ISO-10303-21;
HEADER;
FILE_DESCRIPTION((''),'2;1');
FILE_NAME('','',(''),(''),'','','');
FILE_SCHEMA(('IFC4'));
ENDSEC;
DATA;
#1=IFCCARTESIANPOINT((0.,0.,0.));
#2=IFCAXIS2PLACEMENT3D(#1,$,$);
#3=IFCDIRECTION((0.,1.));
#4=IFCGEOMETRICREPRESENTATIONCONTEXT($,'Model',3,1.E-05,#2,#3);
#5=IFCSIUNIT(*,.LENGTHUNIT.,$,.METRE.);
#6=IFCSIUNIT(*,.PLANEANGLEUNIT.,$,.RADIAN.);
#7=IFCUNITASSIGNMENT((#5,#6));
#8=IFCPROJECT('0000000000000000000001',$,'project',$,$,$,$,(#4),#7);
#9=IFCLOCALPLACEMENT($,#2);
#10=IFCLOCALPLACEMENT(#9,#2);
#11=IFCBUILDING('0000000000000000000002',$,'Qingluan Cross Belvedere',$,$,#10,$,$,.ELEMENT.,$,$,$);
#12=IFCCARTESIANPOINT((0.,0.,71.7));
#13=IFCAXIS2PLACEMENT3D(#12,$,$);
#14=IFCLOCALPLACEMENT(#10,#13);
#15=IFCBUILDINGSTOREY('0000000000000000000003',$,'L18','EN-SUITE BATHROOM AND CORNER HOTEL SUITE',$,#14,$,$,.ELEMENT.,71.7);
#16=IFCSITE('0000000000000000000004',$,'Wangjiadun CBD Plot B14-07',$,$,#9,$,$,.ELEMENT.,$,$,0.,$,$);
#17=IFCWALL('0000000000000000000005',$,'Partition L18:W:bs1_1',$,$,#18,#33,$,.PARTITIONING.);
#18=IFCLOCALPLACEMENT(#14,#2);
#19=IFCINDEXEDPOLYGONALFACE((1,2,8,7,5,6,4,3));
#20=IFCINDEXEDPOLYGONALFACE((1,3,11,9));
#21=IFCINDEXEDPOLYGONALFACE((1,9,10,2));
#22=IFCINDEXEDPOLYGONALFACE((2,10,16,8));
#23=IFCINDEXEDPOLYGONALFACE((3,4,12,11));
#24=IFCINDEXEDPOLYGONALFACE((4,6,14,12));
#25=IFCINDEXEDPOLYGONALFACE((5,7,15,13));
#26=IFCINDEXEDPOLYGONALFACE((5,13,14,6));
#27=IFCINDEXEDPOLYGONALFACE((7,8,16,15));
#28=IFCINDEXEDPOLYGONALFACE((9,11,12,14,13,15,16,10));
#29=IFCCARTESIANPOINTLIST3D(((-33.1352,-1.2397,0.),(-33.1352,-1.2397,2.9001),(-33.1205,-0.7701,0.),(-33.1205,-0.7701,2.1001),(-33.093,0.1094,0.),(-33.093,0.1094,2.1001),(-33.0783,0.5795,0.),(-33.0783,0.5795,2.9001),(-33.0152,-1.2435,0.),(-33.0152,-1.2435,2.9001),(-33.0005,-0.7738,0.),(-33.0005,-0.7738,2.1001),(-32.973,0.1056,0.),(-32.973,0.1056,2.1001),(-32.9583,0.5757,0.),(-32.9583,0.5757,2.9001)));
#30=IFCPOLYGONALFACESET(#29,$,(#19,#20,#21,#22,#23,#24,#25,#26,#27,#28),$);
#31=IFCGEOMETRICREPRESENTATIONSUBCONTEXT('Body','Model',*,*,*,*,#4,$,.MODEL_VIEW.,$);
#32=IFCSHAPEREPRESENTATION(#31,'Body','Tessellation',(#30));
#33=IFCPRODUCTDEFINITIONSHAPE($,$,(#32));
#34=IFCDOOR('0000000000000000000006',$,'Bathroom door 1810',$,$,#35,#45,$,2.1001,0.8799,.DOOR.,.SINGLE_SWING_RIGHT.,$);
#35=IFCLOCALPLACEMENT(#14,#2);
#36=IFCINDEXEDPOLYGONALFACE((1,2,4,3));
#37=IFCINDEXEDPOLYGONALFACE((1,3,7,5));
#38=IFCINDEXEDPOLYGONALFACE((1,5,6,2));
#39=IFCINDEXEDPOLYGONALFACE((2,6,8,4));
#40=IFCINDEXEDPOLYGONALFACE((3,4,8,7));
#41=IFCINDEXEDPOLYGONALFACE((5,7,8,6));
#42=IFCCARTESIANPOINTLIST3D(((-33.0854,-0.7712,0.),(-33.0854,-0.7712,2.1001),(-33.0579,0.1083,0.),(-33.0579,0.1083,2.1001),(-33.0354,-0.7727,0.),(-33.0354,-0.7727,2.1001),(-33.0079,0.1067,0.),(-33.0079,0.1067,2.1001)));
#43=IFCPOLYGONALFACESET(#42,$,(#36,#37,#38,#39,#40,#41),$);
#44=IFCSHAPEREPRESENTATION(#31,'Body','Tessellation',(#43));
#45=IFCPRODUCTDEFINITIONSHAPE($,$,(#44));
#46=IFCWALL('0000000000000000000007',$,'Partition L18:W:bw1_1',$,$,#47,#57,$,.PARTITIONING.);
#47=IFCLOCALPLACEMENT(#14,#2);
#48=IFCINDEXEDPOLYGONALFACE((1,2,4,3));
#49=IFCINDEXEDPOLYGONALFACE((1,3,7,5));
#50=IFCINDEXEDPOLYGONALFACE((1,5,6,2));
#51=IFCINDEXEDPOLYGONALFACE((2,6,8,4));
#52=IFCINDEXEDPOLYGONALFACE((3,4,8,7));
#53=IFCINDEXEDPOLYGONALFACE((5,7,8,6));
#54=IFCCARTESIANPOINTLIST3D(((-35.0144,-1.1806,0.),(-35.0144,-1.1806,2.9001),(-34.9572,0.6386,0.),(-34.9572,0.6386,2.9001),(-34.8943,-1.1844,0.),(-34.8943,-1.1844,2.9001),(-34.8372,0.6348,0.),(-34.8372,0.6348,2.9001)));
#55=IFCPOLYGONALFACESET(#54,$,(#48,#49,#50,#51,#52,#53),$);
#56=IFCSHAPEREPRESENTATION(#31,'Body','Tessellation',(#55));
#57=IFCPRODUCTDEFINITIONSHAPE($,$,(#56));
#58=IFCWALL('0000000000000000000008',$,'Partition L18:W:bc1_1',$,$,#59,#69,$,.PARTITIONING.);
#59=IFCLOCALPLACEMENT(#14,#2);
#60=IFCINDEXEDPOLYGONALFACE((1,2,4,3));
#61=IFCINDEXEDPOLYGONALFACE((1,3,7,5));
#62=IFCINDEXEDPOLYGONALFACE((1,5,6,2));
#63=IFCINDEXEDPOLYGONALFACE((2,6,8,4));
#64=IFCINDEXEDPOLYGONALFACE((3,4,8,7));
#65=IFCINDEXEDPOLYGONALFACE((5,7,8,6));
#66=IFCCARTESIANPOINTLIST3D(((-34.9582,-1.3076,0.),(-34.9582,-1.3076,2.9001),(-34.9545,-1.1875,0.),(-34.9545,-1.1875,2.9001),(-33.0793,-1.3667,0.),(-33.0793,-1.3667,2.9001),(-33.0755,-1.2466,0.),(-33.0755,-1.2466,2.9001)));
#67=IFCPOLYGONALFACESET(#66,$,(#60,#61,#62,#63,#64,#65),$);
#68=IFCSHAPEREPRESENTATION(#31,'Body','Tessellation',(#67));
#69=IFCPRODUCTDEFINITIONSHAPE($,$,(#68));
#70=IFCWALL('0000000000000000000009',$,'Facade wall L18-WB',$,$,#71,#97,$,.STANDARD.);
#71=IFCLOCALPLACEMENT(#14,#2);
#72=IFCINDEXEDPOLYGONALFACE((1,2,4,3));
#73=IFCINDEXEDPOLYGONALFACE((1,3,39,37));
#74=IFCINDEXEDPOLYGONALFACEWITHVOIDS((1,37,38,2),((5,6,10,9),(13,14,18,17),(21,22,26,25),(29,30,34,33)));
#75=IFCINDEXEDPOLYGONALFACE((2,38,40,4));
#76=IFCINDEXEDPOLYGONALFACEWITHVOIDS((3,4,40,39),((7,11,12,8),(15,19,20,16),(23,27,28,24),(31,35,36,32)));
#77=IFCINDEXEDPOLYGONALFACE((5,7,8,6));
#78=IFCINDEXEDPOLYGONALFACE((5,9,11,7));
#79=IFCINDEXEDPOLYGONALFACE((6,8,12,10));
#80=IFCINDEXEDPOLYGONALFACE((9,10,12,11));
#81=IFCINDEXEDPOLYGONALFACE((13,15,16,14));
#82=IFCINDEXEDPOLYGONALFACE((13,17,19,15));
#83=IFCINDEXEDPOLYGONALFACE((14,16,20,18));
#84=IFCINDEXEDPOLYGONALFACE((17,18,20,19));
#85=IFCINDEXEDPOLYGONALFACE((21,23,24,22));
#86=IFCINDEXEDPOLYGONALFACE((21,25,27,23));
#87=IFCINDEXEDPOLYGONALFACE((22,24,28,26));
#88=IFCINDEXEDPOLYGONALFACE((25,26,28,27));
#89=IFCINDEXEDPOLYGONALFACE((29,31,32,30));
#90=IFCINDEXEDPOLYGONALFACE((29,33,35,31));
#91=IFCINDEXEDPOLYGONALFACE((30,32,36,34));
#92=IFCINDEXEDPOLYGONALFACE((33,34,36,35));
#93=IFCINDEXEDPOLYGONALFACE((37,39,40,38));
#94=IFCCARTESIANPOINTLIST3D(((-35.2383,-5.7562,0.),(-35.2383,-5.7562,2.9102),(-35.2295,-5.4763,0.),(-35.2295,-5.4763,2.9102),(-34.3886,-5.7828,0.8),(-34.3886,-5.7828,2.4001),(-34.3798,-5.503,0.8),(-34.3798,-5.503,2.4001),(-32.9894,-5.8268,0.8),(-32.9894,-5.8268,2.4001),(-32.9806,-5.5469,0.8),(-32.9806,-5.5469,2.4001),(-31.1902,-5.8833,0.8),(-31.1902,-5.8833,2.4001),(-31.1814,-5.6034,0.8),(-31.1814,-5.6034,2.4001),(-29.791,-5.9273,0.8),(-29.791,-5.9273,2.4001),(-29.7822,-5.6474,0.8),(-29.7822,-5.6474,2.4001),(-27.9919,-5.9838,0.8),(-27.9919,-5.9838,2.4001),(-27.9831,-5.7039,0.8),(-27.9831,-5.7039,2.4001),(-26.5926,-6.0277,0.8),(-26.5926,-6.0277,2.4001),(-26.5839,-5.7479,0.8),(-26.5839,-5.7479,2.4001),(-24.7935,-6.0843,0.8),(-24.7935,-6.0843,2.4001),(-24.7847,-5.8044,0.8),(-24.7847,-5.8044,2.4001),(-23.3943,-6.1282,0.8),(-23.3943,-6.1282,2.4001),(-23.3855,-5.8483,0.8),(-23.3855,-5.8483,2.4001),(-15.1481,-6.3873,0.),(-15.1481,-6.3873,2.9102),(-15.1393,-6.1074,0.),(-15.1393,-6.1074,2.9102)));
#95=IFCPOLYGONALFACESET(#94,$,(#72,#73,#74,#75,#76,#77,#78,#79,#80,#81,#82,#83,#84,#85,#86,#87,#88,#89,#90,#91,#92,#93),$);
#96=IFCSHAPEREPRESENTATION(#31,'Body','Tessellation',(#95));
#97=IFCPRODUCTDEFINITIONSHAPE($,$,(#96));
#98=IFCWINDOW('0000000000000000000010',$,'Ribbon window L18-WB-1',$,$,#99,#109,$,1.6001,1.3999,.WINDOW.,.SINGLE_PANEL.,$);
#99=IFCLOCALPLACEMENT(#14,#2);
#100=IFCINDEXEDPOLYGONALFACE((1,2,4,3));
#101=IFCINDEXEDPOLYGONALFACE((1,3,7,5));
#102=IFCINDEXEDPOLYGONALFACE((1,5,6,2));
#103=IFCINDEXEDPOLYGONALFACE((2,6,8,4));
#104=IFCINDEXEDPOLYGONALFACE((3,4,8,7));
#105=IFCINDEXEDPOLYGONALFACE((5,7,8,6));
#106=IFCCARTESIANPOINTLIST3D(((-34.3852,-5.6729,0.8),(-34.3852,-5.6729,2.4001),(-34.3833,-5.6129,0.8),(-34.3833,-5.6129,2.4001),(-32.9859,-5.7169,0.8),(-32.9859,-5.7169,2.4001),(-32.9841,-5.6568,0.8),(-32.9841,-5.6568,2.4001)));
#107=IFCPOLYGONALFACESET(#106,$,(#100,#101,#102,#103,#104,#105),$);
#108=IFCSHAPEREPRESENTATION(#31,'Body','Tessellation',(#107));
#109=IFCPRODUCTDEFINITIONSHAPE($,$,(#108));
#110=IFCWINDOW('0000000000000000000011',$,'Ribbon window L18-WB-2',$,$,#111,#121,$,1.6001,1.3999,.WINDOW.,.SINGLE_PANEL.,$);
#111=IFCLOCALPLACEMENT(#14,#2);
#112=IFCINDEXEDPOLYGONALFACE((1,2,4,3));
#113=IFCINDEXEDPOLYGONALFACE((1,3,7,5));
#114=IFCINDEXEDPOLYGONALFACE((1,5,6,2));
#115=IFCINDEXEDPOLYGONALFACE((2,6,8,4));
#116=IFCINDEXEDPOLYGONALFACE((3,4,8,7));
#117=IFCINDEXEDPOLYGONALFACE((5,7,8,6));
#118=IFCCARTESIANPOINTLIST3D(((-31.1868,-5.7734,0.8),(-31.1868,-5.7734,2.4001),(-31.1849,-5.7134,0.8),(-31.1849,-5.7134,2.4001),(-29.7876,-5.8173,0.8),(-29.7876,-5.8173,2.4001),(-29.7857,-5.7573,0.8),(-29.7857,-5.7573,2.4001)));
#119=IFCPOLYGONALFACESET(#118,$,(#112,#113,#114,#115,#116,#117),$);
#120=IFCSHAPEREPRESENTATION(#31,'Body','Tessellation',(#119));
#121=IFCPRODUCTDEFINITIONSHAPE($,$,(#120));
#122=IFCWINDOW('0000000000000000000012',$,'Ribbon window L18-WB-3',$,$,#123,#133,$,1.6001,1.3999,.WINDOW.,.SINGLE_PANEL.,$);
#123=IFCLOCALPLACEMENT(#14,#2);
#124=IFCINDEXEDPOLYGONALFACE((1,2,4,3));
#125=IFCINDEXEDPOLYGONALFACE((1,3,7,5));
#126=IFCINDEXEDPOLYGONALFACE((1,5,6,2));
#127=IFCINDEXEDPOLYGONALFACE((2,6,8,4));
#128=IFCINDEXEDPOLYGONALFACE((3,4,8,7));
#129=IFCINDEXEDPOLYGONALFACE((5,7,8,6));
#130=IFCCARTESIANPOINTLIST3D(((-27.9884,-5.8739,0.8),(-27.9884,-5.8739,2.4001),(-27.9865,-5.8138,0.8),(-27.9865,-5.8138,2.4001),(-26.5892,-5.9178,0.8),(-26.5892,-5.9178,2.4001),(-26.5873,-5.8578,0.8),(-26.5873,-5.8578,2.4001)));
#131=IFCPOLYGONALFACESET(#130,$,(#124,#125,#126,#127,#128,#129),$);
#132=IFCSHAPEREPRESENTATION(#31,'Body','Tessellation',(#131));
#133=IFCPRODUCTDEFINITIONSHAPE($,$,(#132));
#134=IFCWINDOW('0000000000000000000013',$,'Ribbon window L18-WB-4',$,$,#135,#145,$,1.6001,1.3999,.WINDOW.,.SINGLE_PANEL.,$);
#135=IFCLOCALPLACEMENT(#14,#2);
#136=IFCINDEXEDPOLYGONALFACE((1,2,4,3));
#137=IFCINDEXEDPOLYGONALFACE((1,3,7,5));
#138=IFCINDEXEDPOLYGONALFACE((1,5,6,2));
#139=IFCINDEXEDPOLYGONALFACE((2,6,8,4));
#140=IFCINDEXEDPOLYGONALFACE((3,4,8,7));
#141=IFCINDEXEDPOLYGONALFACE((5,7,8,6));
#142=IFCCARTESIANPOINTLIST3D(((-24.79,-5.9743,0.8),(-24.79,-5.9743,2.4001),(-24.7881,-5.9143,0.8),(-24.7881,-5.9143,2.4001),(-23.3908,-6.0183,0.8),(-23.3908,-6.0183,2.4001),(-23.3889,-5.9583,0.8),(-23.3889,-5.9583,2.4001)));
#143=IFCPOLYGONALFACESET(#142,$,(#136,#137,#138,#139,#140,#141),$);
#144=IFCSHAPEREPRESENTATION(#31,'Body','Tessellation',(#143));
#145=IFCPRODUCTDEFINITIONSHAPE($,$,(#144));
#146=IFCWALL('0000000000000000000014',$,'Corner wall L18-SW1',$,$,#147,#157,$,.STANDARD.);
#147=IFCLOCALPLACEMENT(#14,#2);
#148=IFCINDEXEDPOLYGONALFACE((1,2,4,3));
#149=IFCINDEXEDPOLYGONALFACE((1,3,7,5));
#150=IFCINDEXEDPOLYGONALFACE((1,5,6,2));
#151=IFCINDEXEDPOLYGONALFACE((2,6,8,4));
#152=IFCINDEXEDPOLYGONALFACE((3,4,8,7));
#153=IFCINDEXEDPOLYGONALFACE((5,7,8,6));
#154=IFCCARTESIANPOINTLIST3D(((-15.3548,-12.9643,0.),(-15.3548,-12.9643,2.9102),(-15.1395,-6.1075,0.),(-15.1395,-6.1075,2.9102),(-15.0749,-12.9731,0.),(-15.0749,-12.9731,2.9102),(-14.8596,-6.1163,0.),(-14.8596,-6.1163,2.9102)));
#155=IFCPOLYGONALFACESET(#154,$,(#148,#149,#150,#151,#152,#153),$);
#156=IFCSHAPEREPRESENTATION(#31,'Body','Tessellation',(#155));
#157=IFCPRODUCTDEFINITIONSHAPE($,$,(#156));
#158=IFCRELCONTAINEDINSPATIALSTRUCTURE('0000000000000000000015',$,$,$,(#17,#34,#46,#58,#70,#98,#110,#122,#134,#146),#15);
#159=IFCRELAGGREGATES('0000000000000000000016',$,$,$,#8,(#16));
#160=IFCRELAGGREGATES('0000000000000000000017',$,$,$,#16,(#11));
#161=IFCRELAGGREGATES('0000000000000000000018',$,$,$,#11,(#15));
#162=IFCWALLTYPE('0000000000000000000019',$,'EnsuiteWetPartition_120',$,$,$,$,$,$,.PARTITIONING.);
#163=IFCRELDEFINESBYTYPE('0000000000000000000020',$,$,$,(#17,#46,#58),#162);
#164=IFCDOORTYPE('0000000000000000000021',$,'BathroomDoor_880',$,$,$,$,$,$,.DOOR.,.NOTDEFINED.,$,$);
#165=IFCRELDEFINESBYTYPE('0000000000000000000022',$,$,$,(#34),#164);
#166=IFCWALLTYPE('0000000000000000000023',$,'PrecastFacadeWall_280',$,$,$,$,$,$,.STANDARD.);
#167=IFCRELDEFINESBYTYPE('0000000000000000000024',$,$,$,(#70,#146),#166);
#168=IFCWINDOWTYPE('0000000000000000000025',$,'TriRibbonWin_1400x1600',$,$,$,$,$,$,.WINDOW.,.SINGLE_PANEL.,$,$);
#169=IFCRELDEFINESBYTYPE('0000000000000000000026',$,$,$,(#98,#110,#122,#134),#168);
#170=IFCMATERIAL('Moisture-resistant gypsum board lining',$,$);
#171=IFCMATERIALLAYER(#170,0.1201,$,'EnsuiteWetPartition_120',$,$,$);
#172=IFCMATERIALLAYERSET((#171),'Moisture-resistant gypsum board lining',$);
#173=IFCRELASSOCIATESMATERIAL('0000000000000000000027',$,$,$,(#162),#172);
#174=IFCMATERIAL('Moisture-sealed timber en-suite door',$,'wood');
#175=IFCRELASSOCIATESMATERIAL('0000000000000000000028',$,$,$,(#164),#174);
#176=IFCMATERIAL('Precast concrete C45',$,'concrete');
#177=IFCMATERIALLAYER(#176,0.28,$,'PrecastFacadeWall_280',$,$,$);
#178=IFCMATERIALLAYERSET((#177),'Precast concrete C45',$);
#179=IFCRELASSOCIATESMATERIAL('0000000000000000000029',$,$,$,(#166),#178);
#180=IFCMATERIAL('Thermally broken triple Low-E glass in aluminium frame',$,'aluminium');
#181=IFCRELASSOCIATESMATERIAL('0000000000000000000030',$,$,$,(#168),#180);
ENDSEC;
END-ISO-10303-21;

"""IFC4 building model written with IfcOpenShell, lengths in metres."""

from ifc_helpers import new_model, si_unit, direction, frame, frame_2d, origin, place, context, subcontext, project, spatial, rectangle, extrude, material, layer, layer_set, type_object, element, fill, save


model = new_model("IFC4")

# Units and contexts
model_context = context("Model", 3, precision=1e-05, world=origin(), true_north=direction((0.0, 1.0)))
body_context = subcontext(model_context, "Body", "Model", "MODEL_VIEW")
ifc_project = project(units=[si_unit("LENGTHUNIT", "METRE"), si_unit("PLANEANGLEUNIT", "RADIAN")], contexts=[model_context])

# Site, building, storey
site_placement = place(None, origin())
site = spatial("IfcSite", under=ifc_project, at=site_placement, Name="Wangjiadun CBD Plot B14-07", CompositionType="ELEMENT", RefElevation=0.0)
building_placement = place(site_placement, origin())
building = spatial("IfcBuilding", under=site, at=building_placement, Name="Qingluan Cross Belvedere", CompositionType="ELEMENT")
storey_placement = place(building_placement, frame((0.0, 0.0, 71.7)))
storey = spatial("IfcBuildingStorey", under=building, at=storey_placement, Name="L18", Description="EN-SUITE BATHROOM AND CORNER HOTEL SUITE", CompositionType="ELEMENT", Elevation=71.7)

# Shared definitions
ifc_material_1 = material(Name="Moisture-resistant gypsum board lining")
ifc_layer_1 = layer(ifc_material_1, 0.1201, Name="EnsuiteWetPartition_120")
ifc_layer_set_1 = layer_set([ifc_layer_1], Name="Moisture-resistant gypsum board lining")
wall_type_1 = type_object("IfcWallType", Name="EnsuiteWetPartition_120", PredefinedType="PARTITIONING", material=ifc_layer_set_1)
ifc_material_2 = material(Name="Moisture-sealed timber en-suite door", Category="wood")
door_type = type_object("IfcDoorType", Name="BathroomDoor_880", OperationType="NOTDEFINED", PredefinedType="DOOR", material=ifc_material_2)

# Wall, opening, door
wall_1_placement = place(storey_placement, frame((-33.0752, -1.2417, 0.0), z_axis=(0.0, 0.0, 1.0), x_axis=(0.031256, 0.999511, 0.0)))
wall_1 = element("IfcWall", 1, at=wall_1_placement, inside=storey, type_object=wall_type_1, Name="Partition L18:W:bs1_1", PredefinedType="PARTITIONING", context=body_context, shape_type="SweptSolid", body=[
    extrude(rectangle(XDim=1.8201, YDim=0.1201, at=frame_2d((0.9102, 0.0))), origin(), (0.0, 0.0, 1.0), 2.9001),
])
opening_1_placement = place(wall_1_placement, frame((0.47, 0.0, 0.0)))
opening_1 = element("IfcOpeningElement", 2, at=opening_1_placement, cuts=wall_1, PredefinedType="OPENING", context=body_context, shape_type="SweptSolid", body=[
    extrude(rectangle(XDim=0.8799, YDim=2.1001, at=frame_2d((0.4399, 1.05))), frame((0.0, 0.0701, 0.0), z_axis=(0.0, -1.0, 0.0), x_axis=(1.0, 0.0, 0.0)), (0.0, 0.0, 1.0), 0.1401),
])
door_1_placement = place(opening_1_placement, origin())
door_1 = element("IfcDoor", 3, at=door_1_placement, inside=storey, type_object=door_type, Name="Bathroom door 1810", OperationType="SINGLE_SWING_RIGHT", OverallHeight=2.1001, OverallWidth=0.8799, PredefinedType="DOOR", context=body_context, shape_type="SweptSolid", body=[
    extrude(rectangle(XDim=0.8799, YDim=2.1001, at=frame_2d((0.4399, 1.05))), frame((0.0, 0.0249, 0.0), z_axis=(0.0, -1.0, 0.0), x_axis=(1.0, 0.0, 0.0)), (0.0, 0.0, 1.0), 0.05),
])
fill(opening_1, door_1)

# Walls
wall_2_placement = place(storey_placement, frame((-34.9543, -1.1826, 0.0), z_axis=(0.0, 0.0, 1.0), x_axis=(0.03139, 0.999507, 0.0)))
element("IfcWall", 4, at=wall_2_placement, inside=storey, type_object=wall_type_1, Name="Partition L18:W:bw1_1", PredefinedType="PARTITIONING", context=body_context, shape_type="SweptSolid", body=[
    extrude(rectangle(XDim=1.8201, YDim=0.1201, at=frame_2d((0.9102, 0.0))), origin(), (0.0, 0.0, 1.0), 2.9001),
])
wall_3_placement = place(storey_placement, frame((-33.0774, -1.3066, 0.0), z_axis=(0.0, 0.0, 1.0), x_axis=(-0.999506, 0.031429, 0.0)))
element("IfcWall", 5, at=wall_3_placement, inside=storey, type_object=wall_type_1, Name="Partition L18:W:bc1_1", PredefinedType="PARTITIONING", context=body_context, shape_type="SweptSolid", body=[
    extrude(rectangle(XDim=1.8799, YDim=0.1201, at=frame_2d((0.9399, 0.0))), origin(), (0.0, 0.0, 1.0), 2.9001),
])

# Wall, openings, windows
ifc_material_3 = material(Name="Precast concrete C45", Category="concrete")
ifc_layer_2 = layer(ifc_material_3, 0.28, Name="PrecastFacadeWall_280")
ifc_layer_set_2 = layer_set([ifc_layer_2], Name="Precast concrete C45")
wall_type_2 = type_object("IfcWallType", Name="PrecastFacadeWall_280", PredefinedType="STANDARD", material=ifc_layer_set_2)
wall_4_placement = place(storey_placement, frame((-35.2339, -5.6162, 0.0), z_axis=(0.0, 0.0, 1.0), x_axis=(0.999507, -0.031398, 0.0)))
wall_4 = element("IfcWall", 6, at=wall_4_placement, inside=storey, type_object=wall_type_2, Name="Facade wall L18-WB", PredefinedType="STANDARD", context=body_context, shape_type="SweptSolid", body=[
    extrude(rectangle(XDim=20.1001, YDim=0.28, at=frame_2d((10.05, 0.0))), origin(), (0.0, 0.0, 1.0), 2.9102),
])
opening_2_placement = place(wall_4_placement, frame((0.8501, 0.0, 0.8)))
opening_2 = element("IfcOpeningElement", 7, at=opening_2_placement, cuts=wall_4, PredefinedType="OPENING", context=body_context, shape_type="SweptSolid", body=[
    extrude(rectangle(XDim=1.3999, YDim=1.6001, at=frame_2d((0.7, 0.8))), frame((0.0, 0.1499, 0.0), z_axis=(0.0, -1.0, 0.0), x_axis=(1.0, 0.0, 0.0)), (0.0, 0.0, 1.0), 0.3),
])
opening_3_placement = place(wall_4_placement, frame((4.05, 0.0, 0.8)))
opening_3 = element("IfcOpeningElement", 8, at=opening_3_placement, cuts=wall_4, PredefinedType="OPENING", context=body_context, shape_type="SweptSolid", body=[
    extrude(rectangle(XDim=1.3999, YDim=1.6001, at=frame_2d((0.7, 0.8))), frame((0.0, 0.1499, 0.0), z_axis=(0.0, -1.0, 0.0), x_axis=(1.0, 0.0, 0.0)), (0.0, 0.0, 1.0), 0.3),
])
opening_4_placement = place(wall_4_placement, frame((7.25, 0.0, 0.8)))
opening_4 = element("IfcOpeningElement", 9, at=opening_4_placement, cuts=wall_4, PredefinedType="OPENING", context=body_context, shape_type="SweptSolid", body=[
    extrude(rectangle(XDim=1.3999, YDim=1.6001, at=frame_2d((0.7, 0.8))), frame((0.0, 0.1499, 0.0), z_axis=(0.0, -1.0, 0.0), x_axis=(1.0, 0.0, 0.0)), (0.0, 0.0, 1.0), 0.3),
])
opening_5_placement = place(wall_4_placement, frame((10.45, 0.0, 0.8)))
opening_5 = element("IfcOpeningElement", 10, at=opening_5_placement, cuts=wall_4, PredefinedType="OPENING", context=body_context, shape_type="SweptSolid", body=[
    extrude(rectangle(XDim=1.3999, YDim=1.6001, at=frame_2d((0.7, 0.8))), frame((0.0, 0.1499, 0.0), z_axis=(0.0, -1.0, 0.0), x_axis=(1.0, 0.0, 0.0)), (0.0, 0.0, 1.0), 0.3),
])
ifc_material_4 = material(Name="Thermally broken triple Low-E glass in aluminium frame", Category="aluminium")
window_type = type_object("IfcWindowType", Name="TriRibbonWin_1400x1600", PartitioningType="SINGLE_PANEL", PredefinedType="WINDOW", material=ifc_material_4)
window_1_placement = place(opening_2_placement, origin())
window_1 = element("IfcWindow", 11, at=window_1_placement, inside=storey, type_object=window_type, Name="Ribbon window L18-WB-1", OverallHeight=1.6001, OverallWidth=1.3999, PartitioningType="SINGLE_PANEL", PredefinedType="WINDOW", context=body_context, shape_type="SweptSolid", body=[
    extrude(rectangle(XDim=1.3999, YDim=1.6001, at=frame_2d((0.7, 0.8))), frame((0.0, 0.03, 0.0), z_axis=(0.0, -1.0, 0.0), x_axis=(1.0, 0.0, 0.0)), (0.0, 0.0, 1.0), 0.0601),
])
fill(opening_2, window_1)
window_2_placement = place(opening_3_placement, origin())
window_2 = element("IfcWindow", 12, at=window_2_placement, inside=storey, type_object=window_type, Name="Ribbon window L18-WB-2", OverallHeight=1.6001, OverallWidth=1.3999, PartitioningType="SINGLE_PANEL", PredefinedType="WINDOW", context=body_context, shape_type="SweptSolid", body=[
    extrude(rectangle(XDim=1.3999, YDim=1.6001, at=frame_2d((0.7, 0.8))), frame((0.0, 0.03, 0.0), z_axis=(0.0, -1.0, 0.0), x_axis=(1.0, 0.0, 0.0)), (0.0, 0.0, 1.0), 0.0601),
])
fill(opening_3, window_2)
window_3_placement = place(opening_4_placement, origin())
window_3 = element("IfcWindow", 13, at=window_3_placement, inside=storey, type_object=window_type, Name="Ribbon window L18-WB-3", OverallHeight=1.6001, OverallWidth=1.3999, PartitioningType="SINGLE_PANEL", PredefinedType="WINDOW", context=body_context, shape_type="SweptSolid", body=[
    extrude(rectangle(XDim=1.3999, YDim=1.6001, at=frame_2d((0.7, 0.8))), frame((0.0, 0.03, 0.0), z_axis=(0.0, -1.0, 0.0), x_axis=(1.0, 0.0, 0.0)), (0.0, 0.0, 1.0), 0.0601),
])
fill(opening_4, window_3)
window_4_placement = place(opening_5_placement, origin())
window_4 = element("IfcWindow", 14, at=window_4_placement, inside=storey, type_object=window_type, Name="Ribbon window L18-WB-4", OverallHeight=1.6001, OverallWidth=1.3999, PartitioningType="SINGLE_PANEL", PredefinedType="WINDOW", context=body_context, shape_type="SweptSolid", body=[
    extrude(rectangle(XDim=1.3999, YDim=1.6001, at=frame_2d((0.7, 0.8))), frame((0.0, 0.03, 0.0), z_axis=(0.0, -1.0, 0.0), x_axis=(1.0, 0.0, 0.0)), (0.0, 0.0, 1.0), 0.0601),
])
fill(opening_5, window_4)

# Wall
wall_5_placement = place(storey_placement, frame((-14.9995, -6.1118, 0.0), z_axis=(0.0, 0.0, 1.0), x_axis=(-0.031389, -0.999507, 0.0)))
element("IfcWall", 15, at=wall_5_placement, inside=storey, type_object=wall_type_2, Name="Corner wall L18-SW1", PredefinedType="STANDARD", context=body_context, shape_type="SweptSolid", body=[
    extrude(rectangle(XDim=6.8601, YDim=0.28, at=frame_2d((3.4302, 0.0))), origin(), (0.0, 0.0, 1.0), 2.9102),
])

save(model, "model.ifc")
